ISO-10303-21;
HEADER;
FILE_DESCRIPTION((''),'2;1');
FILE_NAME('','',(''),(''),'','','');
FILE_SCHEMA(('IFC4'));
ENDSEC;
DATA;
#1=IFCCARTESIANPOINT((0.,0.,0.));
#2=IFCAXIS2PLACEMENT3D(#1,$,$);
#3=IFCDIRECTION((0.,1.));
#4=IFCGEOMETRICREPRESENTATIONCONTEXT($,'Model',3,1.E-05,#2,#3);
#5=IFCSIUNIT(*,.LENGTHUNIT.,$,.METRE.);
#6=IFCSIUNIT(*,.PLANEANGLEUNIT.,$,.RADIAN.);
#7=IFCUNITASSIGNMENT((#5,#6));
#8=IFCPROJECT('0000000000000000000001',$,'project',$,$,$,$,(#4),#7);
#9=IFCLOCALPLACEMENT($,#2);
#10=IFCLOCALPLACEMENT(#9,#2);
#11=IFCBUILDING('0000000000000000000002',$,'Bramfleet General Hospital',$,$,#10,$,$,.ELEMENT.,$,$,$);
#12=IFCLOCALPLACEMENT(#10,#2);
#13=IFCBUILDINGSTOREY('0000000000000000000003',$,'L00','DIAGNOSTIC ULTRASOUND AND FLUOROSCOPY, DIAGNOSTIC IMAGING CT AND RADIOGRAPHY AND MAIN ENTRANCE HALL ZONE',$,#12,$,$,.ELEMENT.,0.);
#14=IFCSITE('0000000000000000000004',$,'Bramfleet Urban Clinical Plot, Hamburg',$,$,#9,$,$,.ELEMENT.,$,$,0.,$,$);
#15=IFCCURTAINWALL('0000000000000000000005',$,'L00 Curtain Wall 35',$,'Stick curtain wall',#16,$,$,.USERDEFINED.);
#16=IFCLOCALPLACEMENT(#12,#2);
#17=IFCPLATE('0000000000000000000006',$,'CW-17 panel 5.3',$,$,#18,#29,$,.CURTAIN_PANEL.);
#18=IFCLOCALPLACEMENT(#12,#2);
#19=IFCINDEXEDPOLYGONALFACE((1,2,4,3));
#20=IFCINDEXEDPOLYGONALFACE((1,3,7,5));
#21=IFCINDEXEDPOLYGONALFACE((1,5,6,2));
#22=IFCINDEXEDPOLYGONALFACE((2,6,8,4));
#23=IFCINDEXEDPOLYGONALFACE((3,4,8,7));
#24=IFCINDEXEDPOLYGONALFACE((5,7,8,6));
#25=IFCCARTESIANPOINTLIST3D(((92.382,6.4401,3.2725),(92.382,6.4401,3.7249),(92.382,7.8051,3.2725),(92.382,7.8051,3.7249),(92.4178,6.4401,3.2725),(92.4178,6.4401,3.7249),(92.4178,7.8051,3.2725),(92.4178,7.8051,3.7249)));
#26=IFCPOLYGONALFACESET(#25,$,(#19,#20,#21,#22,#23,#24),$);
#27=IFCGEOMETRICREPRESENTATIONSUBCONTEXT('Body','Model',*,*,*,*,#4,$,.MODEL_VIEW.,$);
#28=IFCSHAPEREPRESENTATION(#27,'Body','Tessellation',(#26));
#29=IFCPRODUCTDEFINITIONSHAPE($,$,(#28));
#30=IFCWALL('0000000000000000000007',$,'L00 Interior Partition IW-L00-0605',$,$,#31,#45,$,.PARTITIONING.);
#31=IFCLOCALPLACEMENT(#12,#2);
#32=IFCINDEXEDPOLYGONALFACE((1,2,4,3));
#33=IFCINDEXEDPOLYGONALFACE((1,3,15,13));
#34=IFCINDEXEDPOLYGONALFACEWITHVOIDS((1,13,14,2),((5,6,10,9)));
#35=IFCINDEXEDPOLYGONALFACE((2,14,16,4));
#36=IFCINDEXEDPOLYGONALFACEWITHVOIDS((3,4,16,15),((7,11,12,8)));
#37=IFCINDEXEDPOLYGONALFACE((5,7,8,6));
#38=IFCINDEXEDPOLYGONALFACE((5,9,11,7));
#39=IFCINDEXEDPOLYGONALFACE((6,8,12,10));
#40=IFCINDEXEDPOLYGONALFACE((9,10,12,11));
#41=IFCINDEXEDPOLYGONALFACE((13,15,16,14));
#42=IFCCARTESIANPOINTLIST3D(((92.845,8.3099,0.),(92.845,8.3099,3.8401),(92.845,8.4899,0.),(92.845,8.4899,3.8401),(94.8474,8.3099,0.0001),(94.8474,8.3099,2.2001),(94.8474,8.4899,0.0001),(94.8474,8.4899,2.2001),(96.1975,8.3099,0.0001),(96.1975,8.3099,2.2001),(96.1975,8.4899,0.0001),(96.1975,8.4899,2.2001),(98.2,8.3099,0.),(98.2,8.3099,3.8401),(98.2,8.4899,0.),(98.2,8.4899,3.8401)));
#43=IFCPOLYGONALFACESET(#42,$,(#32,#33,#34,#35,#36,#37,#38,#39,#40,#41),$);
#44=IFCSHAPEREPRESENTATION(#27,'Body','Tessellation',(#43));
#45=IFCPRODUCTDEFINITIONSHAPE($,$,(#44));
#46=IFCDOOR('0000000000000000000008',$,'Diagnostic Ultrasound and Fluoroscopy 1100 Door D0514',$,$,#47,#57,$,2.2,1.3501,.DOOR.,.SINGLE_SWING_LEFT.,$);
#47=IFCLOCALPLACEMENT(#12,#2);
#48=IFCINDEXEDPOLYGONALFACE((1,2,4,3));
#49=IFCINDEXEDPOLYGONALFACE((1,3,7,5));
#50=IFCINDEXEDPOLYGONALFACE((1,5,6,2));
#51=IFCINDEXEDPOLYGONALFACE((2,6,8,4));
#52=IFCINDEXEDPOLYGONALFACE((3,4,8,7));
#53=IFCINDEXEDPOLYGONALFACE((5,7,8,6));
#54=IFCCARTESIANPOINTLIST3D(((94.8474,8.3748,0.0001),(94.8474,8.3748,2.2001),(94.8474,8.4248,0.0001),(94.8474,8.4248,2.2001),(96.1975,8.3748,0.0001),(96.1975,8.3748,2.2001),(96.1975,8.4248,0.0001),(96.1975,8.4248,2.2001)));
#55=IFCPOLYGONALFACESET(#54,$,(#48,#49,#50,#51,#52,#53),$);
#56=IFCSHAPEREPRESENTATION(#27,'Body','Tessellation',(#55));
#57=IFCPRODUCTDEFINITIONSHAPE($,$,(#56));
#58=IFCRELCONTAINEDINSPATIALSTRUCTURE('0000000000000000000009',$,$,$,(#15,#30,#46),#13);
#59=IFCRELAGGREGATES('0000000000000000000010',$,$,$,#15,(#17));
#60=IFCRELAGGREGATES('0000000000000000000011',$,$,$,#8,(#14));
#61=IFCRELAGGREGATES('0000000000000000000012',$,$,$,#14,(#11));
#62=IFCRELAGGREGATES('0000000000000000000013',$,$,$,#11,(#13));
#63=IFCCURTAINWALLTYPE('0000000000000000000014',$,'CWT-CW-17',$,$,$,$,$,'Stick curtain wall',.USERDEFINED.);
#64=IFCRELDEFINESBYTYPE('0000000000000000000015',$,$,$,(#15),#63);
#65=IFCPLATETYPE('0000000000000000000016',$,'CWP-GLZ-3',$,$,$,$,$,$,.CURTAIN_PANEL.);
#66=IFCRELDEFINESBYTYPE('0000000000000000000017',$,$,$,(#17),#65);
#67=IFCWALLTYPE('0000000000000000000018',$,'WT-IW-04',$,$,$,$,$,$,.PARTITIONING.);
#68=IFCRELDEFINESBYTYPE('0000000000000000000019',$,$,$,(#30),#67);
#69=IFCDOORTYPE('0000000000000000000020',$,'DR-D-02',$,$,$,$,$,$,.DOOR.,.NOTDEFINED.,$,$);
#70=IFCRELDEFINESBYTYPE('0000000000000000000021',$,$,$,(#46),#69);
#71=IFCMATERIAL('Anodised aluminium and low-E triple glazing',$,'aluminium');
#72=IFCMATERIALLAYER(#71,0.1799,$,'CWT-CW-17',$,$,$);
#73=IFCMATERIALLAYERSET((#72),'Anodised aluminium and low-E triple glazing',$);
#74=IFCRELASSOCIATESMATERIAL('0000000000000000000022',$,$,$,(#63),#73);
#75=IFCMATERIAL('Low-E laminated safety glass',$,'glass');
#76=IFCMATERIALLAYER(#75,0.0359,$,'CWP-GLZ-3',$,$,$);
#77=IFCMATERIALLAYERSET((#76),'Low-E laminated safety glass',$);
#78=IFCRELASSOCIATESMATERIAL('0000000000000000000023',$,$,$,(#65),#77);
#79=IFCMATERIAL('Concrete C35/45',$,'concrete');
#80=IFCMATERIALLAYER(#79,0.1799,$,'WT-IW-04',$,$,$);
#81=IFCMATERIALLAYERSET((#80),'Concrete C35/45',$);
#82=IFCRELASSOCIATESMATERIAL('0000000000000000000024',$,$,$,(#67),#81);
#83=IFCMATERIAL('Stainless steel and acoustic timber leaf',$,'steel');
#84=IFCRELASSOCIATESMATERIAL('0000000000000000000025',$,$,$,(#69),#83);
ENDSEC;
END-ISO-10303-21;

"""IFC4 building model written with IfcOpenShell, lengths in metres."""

from ifc_helpers import new_model, si_unit, direction, frame, frame_2d, origin, origin_2d, place, context, subcontext, project, spatial, rectangle, extrude, material, layer, layer_set, type_object, element, fill, aggregate, save


model = new_model("IFC4")

# Units and contexts
model_context = context("Model", 3, precision=1e-05, world=origin(), true_north=direction((0.0, 1.0)))
body_context = subcontext(model_context, "Body", "Model", "MODEL_VIEW")
ifc_project = project(units=[si_unit("LENGTHUNIT", "METRE"), si_unit("PLANEANGLEUNIT", "RADIAN")], contexts=[model_context])

# Site, building, storey
site_placement = place(None, origin())
site = spatial("IfcSite", under=ifc_project, at=site_placement, Name="Bramfleet Urban Clinical Plot, Hamburg", CompositionType="ELEMENT", RefElevation=0.0)
building_placement = place(site_placement, origin())
building = spatial("IfcBuilding", under=site, at=building_placement, Name="Bramfleet General Hospital", CompositionType="ELEMENT")
storey_placement = place(building_placement, origin())
storey = spatial("IfcBuildingStorey", under=building, at=storey_placement, Name="L00", Description="DIAGNOSTIC ULTRASOUND AND FLUOROSCOPY, DIAGNOSTIC IMAGING CT AND RADIOGRAPHY AND MAIN ENTRANCE HALL ZONE", CompositionType="ELEMENT", Elevation=0.0)

# Shared definitions
ifc_material_1 = material(Name="Concrete C35/45", Category="concrete")

# Curtain wall, plate
ifc_material_2 = material(Name="Anodised aluminium and low-E triple glazing", Category="aluminium")
ifc_layer_1 = layer(ifc_material_2, 0.1799, Name="CWT-CW-17")
ifc_layer_set_1 = layer_set([ifc_layer_1], Name="Anodised aluminium and low-E triple glazing")
curtain_wall_type = type_object("IfcCurtainWallType", Name="CWT-CW-17", ElementType="Stick curtain wall", PredefinedType="USERDEFINED", material=ifc_layer_set_1)
curtain_wall_placement = place(storey_placement, origin())
curtain_wall = element("IfcCurtainWall", 1, at=curtain_wall_placement, inside=storey, type_object=curtain_wall_type, Name="L00 Curtain Wall 35", ObjectType="Stick curtain wall", PredefinedType="USERDEFINED")
ifc_material_3 = material(Name="Low-E laminated safety glass", Category="glass")
ifc_layer_2 = layer(ifc_material_3, 0.0359, Name="CWP-GLZ-3")
ifc_layer_set_2 = layer_set([ifc_layer_2], Name="Low-E laminated safety glass")
plate_type = type_object("IfcPlateType", Name="CWP-GLZ-3", PredefinedType="CURTAIN_PANEL", material=ifc_layer_set_2)
plate_1_placement = place(storey_placement, frame((92.3999, 7.1226, 3.2725), z_axis=(0.0, 0.0, 1.0), x_axis=(0.0, 1.0, 0.0)))
plate_1 = element("IfcPlate", 2, at=plate_1_placement, type_object=plate_type, Name="CW-17 panel 5.3", PredefinedType="CURTAIN_PANEL", context=body_context, shape_type="SweptSolid", body=[
    extrude(rectangle(XDim=1.365, YDim=0.0359, at=origin_2d()), origin(), (0.0, 0.0, 1.0), 0.4524),
])
aggregate(curtain_wall, [plate_1])

# Wall, opening, door
ifc_layer_3 = layer(ifc_material_1, 0.1799, Name="WT-IW-04")
ifc_layer_set_3 = layer_set([ifc_layer_3], Name="Concrete C35/45")
wall_type = type_object("IfcWallType", Name="WT-IW-04", PredefinedType="PARTITIONING", material=ifc_layer_set_3)
wall_placement = place(storey_placement, frame((92.845, 8.3999, 0.0), z_axis=(0.0, 0.0, 1.0), x_axis=(1.0, 0.0, 0.0)))
wall = element("IfcWall", 3, at=wall_placement, inside=storey, type_object=wall_type, Name="L00 Interior Partition IW-L00-0605", PredefinedType="PARTITIONING", context=body_context, shape_type="SweptSolid", body=[
    extrude(rectangle(XDim=5.355, YDim=0.1799, at=frame_2d((2.6775, 0.0))), origin(), (0.0, 0.0, 1.0), 3.8401),
])
opening_placement = place(wall_placement, frame((2.0024, 0.0, 0.0)))
opening = element("IfcOpeningElement", 4, at=opening_placement, cuts=wall, PredefinedType="OPENING", context=body_context, shape_type="SweptSolid", body=[
    extrude(rectangle(XDim=1.3501, YDim=2.2, at=frame_2d((0.675, 1.1001))), frame((0.0, 0.0999, 0.0), z_axis=(0.0, -1.0, 0.0), x_axis=(1.0, 0.0, 0.0)), (0.0, 0.0, 1.0), 0.2),
])
ifc_material_4 = material(Name="Stainless steel and acoustic timber leaf", Category="steel")
door_type = type_object("IfcDoorType", Name="DR-D-02", OperationType="NOTDEFINED", PredefinedType="DOOR", material=ifc_material_4)
door_placement = place(opening_placement, origin())
door = element("IfcDoor", 5, at=door_placement, inside=storey, type_object=door_type, Name="Diagnostic Ultrasound and Fluoroscopy 1100 Door D0514", OperationType="SINGLE_SWING_LEFT", OverallHeight=2.2, OverallWidth=1.3501, PredefinedType="DOOR", context=body_context, shape_type="SweptSolid", body=[
    extrude(rectangle(XDim=1.3501, YDim=2.2, at=frame_2d((0.675, 1.1001))), frame((0.0, 0.0249, 0.0), z_axis=(0.0, -1.0, 0.0), x_axis=(1.0, 0.0, 0.0)), (0.0, 0.0, 1.0), 0.05),
])
fill(opening, door)

save(model, "model.ifc")
